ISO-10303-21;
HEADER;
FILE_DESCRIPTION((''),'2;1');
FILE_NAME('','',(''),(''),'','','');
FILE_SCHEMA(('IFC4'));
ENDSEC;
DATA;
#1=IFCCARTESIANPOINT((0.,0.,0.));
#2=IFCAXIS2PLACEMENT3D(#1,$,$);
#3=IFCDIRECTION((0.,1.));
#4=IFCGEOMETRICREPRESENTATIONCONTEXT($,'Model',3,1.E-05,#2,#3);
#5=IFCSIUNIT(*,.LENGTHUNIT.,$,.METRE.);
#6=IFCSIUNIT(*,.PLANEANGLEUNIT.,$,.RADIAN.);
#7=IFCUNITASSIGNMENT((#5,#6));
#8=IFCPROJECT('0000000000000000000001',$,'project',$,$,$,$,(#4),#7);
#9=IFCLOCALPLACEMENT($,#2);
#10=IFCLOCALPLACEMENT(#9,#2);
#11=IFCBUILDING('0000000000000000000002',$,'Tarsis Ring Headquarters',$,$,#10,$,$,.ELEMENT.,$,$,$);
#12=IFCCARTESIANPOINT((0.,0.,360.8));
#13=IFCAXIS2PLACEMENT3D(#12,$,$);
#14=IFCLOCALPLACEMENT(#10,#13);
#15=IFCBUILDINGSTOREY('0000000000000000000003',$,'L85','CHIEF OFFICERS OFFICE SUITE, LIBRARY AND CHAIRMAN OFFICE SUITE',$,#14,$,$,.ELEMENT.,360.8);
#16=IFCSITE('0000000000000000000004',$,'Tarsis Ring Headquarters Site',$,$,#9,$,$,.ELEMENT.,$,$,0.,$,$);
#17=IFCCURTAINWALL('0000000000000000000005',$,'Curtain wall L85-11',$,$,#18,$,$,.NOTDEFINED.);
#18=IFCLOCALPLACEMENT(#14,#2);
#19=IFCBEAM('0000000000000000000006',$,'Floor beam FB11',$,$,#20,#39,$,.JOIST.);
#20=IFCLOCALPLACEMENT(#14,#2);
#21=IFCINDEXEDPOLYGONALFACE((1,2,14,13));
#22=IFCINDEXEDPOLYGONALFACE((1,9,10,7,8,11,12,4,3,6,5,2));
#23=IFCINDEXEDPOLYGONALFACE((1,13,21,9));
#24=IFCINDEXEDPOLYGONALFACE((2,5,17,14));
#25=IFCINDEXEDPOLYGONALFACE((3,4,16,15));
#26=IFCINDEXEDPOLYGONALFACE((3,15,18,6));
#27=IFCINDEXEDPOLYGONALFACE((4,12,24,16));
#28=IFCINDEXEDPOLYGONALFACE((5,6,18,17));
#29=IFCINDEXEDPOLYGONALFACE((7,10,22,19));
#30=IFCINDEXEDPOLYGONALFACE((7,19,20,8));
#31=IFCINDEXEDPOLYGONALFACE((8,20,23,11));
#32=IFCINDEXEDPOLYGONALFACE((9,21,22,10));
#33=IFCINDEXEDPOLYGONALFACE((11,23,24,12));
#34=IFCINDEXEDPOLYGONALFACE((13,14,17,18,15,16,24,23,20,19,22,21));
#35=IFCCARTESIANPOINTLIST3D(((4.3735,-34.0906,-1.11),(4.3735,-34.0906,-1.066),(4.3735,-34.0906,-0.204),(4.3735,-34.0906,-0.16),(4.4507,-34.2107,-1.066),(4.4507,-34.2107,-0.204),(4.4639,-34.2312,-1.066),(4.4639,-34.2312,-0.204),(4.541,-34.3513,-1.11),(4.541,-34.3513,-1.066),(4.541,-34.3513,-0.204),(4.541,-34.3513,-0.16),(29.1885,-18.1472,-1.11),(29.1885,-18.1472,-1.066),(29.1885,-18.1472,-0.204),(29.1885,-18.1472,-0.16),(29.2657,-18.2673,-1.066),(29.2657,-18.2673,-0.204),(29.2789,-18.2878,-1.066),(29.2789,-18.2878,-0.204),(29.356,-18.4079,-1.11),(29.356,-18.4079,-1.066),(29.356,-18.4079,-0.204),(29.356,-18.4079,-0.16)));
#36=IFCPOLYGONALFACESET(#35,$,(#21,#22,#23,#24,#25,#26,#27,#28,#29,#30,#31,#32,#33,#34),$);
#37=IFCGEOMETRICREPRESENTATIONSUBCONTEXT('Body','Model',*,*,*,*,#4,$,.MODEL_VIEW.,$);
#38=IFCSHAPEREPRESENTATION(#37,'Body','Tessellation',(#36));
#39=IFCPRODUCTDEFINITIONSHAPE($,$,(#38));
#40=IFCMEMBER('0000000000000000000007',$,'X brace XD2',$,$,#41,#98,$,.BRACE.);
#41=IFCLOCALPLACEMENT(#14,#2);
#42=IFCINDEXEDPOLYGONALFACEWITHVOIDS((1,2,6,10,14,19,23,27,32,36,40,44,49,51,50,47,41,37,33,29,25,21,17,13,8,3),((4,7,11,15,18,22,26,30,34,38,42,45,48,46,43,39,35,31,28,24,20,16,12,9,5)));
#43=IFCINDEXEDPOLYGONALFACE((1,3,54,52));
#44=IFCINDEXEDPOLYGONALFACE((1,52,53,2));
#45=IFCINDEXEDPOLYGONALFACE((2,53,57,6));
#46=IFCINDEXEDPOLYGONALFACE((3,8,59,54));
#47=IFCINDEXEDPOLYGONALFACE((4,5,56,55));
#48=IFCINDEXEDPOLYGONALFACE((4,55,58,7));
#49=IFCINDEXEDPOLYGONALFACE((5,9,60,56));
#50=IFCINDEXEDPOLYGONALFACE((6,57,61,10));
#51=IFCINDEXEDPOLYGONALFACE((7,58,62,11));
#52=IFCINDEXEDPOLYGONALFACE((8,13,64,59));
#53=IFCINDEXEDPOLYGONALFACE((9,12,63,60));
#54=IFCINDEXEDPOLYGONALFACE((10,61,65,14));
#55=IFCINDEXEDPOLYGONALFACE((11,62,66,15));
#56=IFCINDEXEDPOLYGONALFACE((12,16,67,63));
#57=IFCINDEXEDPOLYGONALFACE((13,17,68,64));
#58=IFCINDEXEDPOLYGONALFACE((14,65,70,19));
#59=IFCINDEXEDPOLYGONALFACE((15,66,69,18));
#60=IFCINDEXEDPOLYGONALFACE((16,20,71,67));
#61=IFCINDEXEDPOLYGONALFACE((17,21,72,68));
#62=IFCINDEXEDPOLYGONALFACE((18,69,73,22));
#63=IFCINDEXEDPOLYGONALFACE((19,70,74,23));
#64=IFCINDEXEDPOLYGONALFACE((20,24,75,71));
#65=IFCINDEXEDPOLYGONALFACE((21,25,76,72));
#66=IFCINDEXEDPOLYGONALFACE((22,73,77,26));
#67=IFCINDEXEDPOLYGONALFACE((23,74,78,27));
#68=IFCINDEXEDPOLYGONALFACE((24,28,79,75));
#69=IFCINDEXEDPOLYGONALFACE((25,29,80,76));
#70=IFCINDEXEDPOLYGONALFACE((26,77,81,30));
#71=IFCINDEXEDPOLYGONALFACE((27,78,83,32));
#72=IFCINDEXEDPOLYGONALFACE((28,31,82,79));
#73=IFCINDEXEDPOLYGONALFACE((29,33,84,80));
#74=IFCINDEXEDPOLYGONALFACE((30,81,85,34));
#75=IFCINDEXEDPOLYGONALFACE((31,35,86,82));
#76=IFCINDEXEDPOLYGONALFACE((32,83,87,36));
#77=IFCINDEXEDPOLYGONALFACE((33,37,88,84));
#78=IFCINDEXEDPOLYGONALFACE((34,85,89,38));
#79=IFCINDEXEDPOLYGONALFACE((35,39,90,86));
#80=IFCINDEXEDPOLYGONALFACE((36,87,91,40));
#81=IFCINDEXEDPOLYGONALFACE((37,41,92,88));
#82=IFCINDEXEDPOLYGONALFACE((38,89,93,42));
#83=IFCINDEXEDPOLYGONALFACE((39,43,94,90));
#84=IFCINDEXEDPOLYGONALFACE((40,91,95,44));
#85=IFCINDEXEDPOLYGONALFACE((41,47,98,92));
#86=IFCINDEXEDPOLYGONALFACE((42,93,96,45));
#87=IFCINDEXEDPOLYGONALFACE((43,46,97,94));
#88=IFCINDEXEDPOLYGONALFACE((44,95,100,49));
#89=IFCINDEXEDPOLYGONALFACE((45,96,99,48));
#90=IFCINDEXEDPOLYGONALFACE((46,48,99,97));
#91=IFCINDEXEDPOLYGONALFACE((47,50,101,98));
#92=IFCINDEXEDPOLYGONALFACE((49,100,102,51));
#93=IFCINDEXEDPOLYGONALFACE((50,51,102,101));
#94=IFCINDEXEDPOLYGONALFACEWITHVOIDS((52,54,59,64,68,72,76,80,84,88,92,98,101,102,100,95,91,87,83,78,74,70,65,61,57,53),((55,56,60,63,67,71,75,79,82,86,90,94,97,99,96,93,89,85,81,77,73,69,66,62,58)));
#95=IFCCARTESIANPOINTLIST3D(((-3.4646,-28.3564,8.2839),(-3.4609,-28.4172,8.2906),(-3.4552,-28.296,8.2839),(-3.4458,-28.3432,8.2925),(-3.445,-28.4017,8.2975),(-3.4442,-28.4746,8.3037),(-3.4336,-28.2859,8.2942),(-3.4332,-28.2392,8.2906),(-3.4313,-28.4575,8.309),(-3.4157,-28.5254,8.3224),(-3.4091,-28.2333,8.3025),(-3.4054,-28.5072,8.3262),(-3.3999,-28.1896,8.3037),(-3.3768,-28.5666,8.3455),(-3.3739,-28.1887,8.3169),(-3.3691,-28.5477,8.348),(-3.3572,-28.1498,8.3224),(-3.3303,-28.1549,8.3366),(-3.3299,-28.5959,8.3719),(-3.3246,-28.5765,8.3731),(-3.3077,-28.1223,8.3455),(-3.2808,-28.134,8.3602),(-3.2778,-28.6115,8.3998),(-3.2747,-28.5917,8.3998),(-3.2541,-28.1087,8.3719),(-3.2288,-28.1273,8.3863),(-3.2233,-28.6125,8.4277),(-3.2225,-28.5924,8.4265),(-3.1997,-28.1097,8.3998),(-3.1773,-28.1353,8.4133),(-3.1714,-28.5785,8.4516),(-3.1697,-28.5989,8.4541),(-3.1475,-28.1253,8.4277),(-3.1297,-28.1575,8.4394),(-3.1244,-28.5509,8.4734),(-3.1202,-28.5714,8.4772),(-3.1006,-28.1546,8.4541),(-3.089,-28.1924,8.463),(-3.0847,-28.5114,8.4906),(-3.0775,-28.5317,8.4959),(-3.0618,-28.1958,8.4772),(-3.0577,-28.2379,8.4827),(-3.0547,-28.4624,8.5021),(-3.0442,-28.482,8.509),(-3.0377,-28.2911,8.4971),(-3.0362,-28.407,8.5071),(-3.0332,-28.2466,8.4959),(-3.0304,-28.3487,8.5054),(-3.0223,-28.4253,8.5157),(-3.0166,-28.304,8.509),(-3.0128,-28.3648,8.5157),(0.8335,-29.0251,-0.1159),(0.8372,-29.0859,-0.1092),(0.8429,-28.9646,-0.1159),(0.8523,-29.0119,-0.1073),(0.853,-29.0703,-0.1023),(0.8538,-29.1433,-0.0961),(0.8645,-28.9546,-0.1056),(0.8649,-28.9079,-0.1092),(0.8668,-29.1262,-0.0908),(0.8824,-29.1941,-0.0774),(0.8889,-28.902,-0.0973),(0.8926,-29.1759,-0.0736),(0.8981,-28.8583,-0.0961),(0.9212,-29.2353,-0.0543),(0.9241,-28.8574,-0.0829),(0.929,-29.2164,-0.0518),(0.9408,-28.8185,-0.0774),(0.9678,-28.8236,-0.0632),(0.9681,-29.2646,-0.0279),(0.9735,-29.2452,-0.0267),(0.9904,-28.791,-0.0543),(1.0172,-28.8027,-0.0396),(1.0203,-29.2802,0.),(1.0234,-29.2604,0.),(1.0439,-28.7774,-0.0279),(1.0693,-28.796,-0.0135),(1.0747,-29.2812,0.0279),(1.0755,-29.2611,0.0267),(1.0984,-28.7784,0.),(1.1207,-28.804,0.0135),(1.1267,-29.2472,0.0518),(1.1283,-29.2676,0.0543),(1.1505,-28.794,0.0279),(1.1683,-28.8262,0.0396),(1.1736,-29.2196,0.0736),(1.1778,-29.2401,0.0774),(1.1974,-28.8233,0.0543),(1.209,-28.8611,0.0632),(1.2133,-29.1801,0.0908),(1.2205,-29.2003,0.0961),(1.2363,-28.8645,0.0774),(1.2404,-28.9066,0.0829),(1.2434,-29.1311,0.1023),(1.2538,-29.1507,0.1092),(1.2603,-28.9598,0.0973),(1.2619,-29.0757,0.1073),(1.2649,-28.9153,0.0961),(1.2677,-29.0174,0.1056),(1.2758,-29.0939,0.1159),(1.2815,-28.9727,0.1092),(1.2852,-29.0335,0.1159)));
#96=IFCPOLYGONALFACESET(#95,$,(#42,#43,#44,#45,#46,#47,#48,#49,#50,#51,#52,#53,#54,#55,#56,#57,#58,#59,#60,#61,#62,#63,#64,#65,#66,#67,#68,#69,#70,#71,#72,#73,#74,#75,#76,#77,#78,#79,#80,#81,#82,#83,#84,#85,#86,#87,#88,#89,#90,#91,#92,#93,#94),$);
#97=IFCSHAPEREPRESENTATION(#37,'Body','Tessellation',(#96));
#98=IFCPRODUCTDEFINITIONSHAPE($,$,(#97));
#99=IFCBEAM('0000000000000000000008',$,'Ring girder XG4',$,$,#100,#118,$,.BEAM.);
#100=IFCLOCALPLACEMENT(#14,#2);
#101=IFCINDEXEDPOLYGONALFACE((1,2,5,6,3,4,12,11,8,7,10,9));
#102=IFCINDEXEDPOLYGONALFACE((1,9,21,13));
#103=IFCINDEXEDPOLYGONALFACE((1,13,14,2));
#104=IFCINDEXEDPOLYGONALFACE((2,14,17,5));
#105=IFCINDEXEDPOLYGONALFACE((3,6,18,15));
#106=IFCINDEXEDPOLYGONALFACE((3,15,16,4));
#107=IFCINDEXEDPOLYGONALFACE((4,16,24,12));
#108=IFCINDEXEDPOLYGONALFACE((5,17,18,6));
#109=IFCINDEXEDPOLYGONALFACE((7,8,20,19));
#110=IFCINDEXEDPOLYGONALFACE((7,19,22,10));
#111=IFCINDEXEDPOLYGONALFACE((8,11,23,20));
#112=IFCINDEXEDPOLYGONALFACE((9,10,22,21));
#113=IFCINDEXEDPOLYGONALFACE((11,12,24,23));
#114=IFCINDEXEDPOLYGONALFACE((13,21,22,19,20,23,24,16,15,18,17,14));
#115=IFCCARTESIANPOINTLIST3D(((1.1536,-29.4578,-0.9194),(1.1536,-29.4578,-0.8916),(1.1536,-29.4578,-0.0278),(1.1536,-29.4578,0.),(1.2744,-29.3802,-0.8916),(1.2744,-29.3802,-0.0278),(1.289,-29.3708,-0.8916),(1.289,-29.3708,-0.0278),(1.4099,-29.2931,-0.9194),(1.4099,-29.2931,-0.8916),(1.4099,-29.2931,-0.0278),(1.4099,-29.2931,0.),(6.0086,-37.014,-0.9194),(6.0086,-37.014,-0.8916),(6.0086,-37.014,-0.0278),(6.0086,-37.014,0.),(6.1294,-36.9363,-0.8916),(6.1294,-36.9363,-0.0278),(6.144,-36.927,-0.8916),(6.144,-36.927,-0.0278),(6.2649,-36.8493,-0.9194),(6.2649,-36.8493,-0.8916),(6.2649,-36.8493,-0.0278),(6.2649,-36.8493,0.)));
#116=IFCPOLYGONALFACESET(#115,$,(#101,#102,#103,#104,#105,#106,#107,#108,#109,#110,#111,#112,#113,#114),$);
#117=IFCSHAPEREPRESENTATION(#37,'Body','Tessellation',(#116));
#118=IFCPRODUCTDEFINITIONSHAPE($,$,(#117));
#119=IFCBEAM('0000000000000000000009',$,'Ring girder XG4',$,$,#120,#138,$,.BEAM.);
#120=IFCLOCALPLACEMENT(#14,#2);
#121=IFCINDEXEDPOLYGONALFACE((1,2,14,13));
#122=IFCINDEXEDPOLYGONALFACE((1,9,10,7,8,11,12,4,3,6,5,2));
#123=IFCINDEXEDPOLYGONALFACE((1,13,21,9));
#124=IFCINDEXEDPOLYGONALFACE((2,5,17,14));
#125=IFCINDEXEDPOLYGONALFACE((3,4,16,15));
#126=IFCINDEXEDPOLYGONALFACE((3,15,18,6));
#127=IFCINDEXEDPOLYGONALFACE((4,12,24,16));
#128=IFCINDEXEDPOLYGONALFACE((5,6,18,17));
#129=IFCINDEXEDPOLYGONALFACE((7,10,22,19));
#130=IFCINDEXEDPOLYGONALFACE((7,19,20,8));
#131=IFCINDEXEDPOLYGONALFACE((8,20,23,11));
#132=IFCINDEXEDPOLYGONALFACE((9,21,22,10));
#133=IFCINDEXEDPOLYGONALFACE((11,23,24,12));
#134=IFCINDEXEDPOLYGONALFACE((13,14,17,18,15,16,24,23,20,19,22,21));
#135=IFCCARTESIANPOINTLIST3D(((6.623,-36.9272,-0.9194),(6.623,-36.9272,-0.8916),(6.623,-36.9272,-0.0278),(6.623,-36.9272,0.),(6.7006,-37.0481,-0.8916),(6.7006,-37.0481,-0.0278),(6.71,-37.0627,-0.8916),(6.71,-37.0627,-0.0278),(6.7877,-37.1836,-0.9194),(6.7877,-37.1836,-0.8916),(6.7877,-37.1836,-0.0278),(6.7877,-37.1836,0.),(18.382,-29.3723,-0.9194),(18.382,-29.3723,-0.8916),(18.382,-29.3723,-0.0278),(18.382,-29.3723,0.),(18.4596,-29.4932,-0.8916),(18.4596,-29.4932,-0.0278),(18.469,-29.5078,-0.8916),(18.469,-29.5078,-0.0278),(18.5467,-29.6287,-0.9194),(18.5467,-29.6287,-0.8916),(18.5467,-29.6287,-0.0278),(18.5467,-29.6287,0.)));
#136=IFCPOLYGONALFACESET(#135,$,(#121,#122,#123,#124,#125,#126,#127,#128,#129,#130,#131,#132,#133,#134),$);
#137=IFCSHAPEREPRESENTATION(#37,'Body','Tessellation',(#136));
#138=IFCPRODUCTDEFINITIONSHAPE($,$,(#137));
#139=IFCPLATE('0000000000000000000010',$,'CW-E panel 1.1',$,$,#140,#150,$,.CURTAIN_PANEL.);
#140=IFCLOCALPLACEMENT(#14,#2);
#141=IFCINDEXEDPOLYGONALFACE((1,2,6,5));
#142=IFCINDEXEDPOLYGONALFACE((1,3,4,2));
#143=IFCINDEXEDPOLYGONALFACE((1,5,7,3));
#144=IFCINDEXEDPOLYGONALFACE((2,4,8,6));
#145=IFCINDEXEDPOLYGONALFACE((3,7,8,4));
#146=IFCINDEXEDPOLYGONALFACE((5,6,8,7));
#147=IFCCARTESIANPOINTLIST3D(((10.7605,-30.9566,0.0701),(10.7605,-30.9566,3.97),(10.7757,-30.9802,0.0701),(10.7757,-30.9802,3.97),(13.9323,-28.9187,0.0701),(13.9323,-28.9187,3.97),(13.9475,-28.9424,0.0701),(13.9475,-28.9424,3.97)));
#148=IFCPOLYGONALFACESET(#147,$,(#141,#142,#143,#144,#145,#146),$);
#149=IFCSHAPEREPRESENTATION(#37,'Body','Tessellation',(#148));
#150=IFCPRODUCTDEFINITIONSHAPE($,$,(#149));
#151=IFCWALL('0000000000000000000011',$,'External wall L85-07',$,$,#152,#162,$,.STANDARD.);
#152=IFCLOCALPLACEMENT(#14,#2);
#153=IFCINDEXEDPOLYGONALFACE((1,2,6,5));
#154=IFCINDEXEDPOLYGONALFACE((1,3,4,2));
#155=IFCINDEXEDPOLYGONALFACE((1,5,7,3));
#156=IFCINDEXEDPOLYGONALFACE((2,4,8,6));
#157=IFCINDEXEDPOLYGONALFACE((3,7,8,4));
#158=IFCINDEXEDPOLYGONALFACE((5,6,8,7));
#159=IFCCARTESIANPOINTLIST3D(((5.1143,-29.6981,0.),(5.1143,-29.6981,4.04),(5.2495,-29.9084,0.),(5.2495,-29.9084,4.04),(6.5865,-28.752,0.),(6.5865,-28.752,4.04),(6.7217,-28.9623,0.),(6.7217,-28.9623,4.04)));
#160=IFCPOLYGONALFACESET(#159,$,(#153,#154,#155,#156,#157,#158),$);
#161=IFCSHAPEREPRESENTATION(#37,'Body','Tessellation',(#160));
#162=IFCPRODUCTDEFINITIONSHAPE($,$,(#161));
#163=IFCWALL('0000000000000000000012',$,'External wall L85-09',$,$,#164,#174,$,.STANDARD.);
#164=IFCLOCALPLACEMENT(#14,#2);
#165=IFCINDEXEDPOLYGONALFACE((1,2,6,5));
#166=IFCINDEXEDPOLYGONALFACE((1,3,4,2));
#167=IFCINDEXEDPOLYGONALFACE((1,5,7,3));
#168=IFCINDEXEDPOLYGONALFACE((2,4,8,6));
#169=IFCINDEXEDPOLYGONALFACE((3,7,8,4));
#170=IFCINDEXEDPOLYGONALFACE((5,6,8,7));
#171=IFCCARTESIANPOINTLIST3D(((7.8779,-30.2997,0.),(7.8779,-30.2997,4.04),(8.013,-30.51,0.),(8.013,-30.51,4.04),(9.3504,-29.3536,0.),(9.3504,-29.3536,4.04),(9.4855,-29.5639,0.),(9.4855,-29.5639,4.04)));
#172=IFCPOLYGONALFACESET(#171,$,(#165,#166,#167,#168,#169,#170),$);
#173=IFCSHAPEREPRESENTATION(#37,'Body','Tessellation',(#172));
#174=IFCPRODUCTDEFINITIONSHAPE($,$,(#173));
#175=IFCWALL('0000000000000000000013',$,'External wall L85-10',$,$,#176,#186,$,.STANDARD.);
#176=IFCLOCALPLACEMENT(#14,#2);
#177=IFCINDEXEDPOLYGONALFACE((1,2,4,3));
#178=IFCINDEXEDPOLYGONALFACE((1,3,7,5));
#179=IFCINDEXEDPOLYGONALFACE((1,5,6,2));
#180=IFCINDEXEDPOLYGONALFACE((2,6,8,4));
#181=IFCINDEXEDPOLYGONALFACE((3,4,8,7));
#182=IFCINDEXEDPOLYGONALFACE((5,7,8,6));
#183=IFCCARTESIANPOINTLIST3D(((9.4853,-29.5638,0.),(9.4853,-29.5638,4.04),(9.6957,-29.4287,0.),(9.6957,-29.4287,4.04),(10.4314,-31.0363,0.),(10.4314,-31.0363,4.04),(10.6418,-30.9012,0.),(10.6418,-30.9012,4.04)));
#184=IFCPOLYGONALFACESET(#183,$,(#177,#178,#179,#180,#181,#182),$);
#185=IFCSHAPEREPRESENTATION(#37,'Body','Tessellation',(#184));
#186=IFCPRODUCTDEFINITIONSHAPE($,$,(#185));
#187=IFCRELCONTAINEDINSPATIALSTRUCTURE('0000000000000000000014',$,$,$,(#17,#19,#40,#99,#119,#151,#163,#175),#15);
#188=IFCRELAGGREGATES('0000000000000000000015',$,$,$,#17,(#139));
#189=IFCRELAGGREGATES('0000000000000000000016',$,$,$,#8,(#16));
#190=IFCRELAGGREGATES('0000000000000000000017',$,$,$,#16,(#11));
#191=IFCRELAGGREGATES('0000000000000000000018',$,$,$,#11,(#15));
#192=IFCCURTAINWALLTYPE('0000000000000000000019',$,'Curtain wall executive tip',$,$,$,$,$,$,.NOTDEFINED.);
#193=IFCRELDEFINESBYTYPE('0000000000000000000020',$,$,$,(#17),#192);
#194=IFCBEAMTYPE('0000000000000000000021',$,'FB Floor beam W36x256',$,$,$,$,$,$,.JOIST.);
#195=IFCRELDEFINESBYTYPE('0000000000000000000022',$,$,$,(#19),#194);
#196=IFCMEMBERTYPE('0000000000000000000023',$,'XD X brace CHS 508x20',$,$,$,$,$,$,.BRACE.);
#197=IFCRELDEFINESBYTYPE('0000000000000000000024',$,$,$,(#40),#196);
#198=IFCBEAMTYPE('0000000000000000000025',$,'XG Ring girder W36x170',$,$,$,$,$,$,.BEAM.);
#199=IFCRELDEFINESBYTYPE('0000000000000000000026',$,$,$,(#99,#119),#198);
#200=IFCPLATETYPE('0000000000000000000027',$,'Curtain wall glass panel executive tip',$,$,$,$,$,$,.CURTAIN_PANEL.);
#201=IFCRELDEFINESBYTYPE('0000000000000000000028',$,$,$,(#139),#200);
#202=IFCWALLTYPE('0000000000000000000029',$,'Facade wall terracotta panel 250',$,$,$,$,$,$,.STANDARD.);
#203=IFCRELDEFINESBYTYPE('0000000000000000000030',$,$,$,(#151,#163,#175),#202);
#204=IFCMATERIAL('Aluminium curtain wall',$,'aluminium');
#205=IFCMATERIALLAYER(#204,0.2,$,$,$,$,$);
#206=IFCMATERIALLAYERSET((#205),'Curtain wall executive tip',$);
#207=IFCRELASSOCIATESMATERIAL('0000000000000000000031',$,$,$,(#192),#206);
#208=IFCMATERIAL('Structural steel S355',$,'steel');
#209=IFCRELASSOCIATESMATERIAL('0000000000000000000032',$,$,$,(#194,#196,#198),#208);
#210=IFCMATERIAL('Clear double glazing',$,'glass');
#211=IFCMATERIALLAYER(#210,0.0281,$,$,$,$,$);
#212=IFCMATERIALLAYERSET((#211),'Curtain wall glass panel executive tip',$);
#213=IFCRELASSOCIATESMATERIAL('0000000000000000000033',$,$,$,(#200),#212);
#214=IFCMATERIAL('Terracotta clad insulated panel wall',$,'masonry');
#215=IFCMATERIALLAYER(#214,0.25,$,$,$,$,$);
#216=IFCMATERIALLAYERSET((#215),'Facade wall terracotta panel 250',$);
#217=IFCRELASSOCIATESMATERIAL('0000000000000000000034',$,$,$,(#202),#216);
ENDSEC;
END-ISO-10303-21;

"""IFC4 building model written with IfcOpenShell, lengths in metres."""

from ifc_helpers import new_model, si_unit, direction, frame, frame_2d, origin, origin_2d, place, context, subcontext, project, spatial, rectangle, hollow_circle, i_section, extrude, material, layer, layer_set, material_profile, profile_set, type_object, element, aggregate, save


model = new_model("IFC4")

# Units and contexts
model_context = context("Model", 3, precision=1e-05, world=origin(), true_north=direction((0.0, 1.0)))
body_context = subcontext(model_context, "Body", "Model", "MODEL_VIEW")
ifc_project = project(units=[si_unit("LENGTHUNIT", "METRE"), si_unit("PLANEANGLEUNIT", "RADIAN")], contexts=[model_context])

# Site, building, storey
site_placement = place(None, origin())
site = spatial("IfcSite", under=ifc_project, at=site_placement, Name="Tarsis Ring Headquarters Site", CompositionType="ELEMENT", RefElevation=0.0)
building_placement = place(site_placement, origin())
building = spatial("IfcBuilding", under=site, at=building_placement, Name="Tarsis Ring Headquarters", CompositionType="ELEMENT")
storey_placement = place(building_placement, frame((0.0, 0.0, 360.8)))
storey = spatial("IfcBuildingStorey", under=building, at=storey_placement, Name="L85", Description="CHIEF OFFICERS OFFICE SUITE, LIBRARY AND CHAIRMAN OFFICE SUITE", CompositionType="ELEMENT", Elevation=360.8)

# Shared definitions
ifc_material_1 = material(Name="Structural steel S355", Category="steel")

# Curtain wall
ifc_material_2 = material(Name="Aluminium curtain wall", Category="aluminium")
ifc_layer_1 = layer(ifc_material_2, 0.2)
ifc_layer_set_1 = layer_set([ifc_layer_1], Name="Curtain wall executive tip")
curtain_wall_type_1 = type_object("IfcCurtainWallType", Name="Curtain wall executive tip", PredefinedType="NOTDEFINED", material=ifc_layer_set_1)
curtain_wall_1_placement = place(storey_placement, origin())
curtain_wall_1 = element("IfcCurtainWall", 1, at=curtain_wall_1_placement, inside=storey, type_object=curtain_wall_type_1, Name="Curtain wall L85-11", PredefinedType="NOTDEFINED")

# Beam
ifc_material_profile_1 = material_profile(ifc_material_1, i_section(OverallWidth=0.3098, OverallDepth=0.95, WebThickness=0.0244, FlangeThickness=0.0439, at=origin_2d()), Name="W36x256")
ifc_profile_set_1 = profile_set([ifc_material_profile_1], Name="Structural steel S355")
beam_type_1 = type_object("IfcBeamType", Name="FB Floor beam W36x256", PredefinedType="JOIST", material=ifc_profile_set_1)
beam_1_placement = place(storey_placement, frame((4.4573, -34.2209, -0.635), z_axis=(0.841319, 0.540539, 0.0), x_axis=(-0.540539, 0.841319, 0.0)))
element("IfcBeam", 2, at=beam_1_placement, inside=storey, type_object=beam_type_1, Name="Floor beam FB11", PredefinedType="JOIST", context=body_context, shape_type="SweptSolid", body=[
    extrude(i_section(OverallWidth=0.3098, OverallDepth=0.95, WebThickness=0.0244, FlangeThickness=0.0439, at=origin_2d()), origin(), (0.0, 0.0, 1.0), 29.4954),
])

# Member
ifc_material_profile_2 = material_profile(ifc_material_1, hollow_circle(Radius=0.2539, WallThickness=0.02, at=origin_2d()), Name="CHS 508x20")
ifc_profile_set_2 = profile_set([ifc_material_profile_2], Name="Structural steel S355")
member_type_1 = type_object("IfcMemberType", Name="XD X brace CHS 508x20", PredefinedType="BRACE", material=ifc_profile_set_2)
member_1_placement = place(storey_placement, frame((1.0593, -29.0293, 0.0), z_axis=(-0.454376, 0.070692, 0.888001), x_axis=(-0.153731, -0.988113, 0.0)))
element("IfcMember", 3, at=member_1_placement, inside=storey, type_object=member_type_1, Name="X brace XD2", PredefinedType="BRACE", context=body_context, shape_type="SweptSolid", body=[
    extrude(hollow_circle(Radius=0.2539, WallThickness=0.02, at=origin_2d()), origin(), (0.0, 0.0, 1.0), 9.4592),
])

# Beams
ifc_material_profile_3 = material_profile(ifc_material_1, i_section(OverallWidth=0.3047, OverallDepth=0.9194, WebThickness=0.0173, FlangeThickness=0.0278, at=origin_2d()), Name="W36x170")
ifc_profile_set_3 = profile_set([ifc_material_profile_3], Name="Structural steel S355")
beam_type_2 = type_object("IfcBeamType", Name="XG Ring girder W36x170", PredefinedType="BEAM", material=ifc_profile_set_3)
beam_2_placement = place(storey_placement, frame((1.2817, -29.3755, -0.4597), z_axis=(0.540557, -0.841307, 0.0), x_axis=(0.841307, 0.540557, 0.0)))
element("IfcBeam", 4, at=beam_2_placement, inside=storey, type_object=beam_type_2, Name="Ring girder XG4", PredefinedType="BEAM", context=body_context, shape_type="SweptSolid", body=[
    extrude(i_section(OverallWidth=0.3047, OverallDepth=0.9194, WebThickness=0.0173, FlangeThickness=0.0278, at=origin_2d()), origin(), (0.0, 0.0, 1.0), 8.9814),
])
beam_3_placement = place(storey_placement, frame((6.7053, -37.0554, -0.4597), z_axis=(0.841323, 0.540532, 0.0), x_axis=(-0.540532, 0.841323, 0.0)))
element("IfcBeam", 5, at=beam_3_placement, inside=storey, type_object=beam_type_2, Name="Ring girder XG4", PredefinedType="BEAM", context=body_context, shape_type="SweptSolid", body=[
    extrude(i_section(OverallWidth=0.3047, OverallDepth=0.9194, WebThickness=0.0173, FlangeThickness=0.0278, at=origin_2d()), origin(), (0.0, 0.0, 1.0), 13.9768),
])

# Plate
ifc_material_3 = material(Name="Clear double glazing", Category="glass")
ifc_layer_2 = layer(ifc_material_3, 0.0281)
ifc_layer_set_2 = layer_set([ifc_layer_2], Name="Curtain wall glass panel executive tip")
plate_type = type_object("IfcPlateType", Name="Curtain wall glass panel executive tip", PredefinedType="CURTAIN_PANEL", material=ifc_layer_set_2)
plate_placement = place(storey_placement, frame((12.354, -29.9495, 0.0701), z_axis=(0.0, 0.0, 1.0), x_axis=(0.841322, 0.540534, 0.0)))
plate = element("IfcPlate", 6, at=plate_placement, type_object=plate_type, Name="CW-E panel 1.1", PredefinedType="CURTAIN_PANEL", context=body_context, shape_type="SweptSolid", body=[
    extrude(rectangle(XDim=3.77, YDim=0.0281, at=origin_2d()), origin(), (0.0, 0.0, 1.0), 3.8999),
])
aggregate(curtain_wall_1, [plate])

# Walls
ifc_material_4 = material(Name="Terracotta clad insulated panel wall", Category="masonry")
ifc_layer_3 = layer(ifc_material_4, 0.25)
ifc_layer_set_3 = layer_set([ifc_layer_3], Name="Facade wall terracotta panel 250")
wall_type = type_object("IfcWallType", Name="Facade wall terracotta panel 250", PredefinedType="STANDARD", material=ifc_layer_set_3)
wall_placement = place(storey_placement, frame((5.1819, -29.8032, 0.0), z_axis=(0.0, 0.0, 1.0), x_axis=(0.841269, 0.540617, 0.0)))
element("IfcWall", 7, at=wall_placement, inside=storey, type_object=wall_type, Name="External wall L85-07", PredefinedType="STANDARD", context=body_context, shape_type="SweptSolid", body=[
    extrude(rectangle(XDim=1.75, YDim=0.25, at=frame_2d((0.875, 0.0))), origin(), (0.0, 0.0, 1.0), 4.04),
])
for number, where, z_axis, x_axis, name in (
    (8, (7.9456, -30.4048, 0.0), (0.0, 0.0, 1.0), (0.84131, 0.540553, 0.0), "External wall L85-09"),
    (9, (9.5906, -29.4963, 0.0), (0.0, 0.0, 1.0), (0.540553, -0.84131, 0.0), "External wall L85-10"),
):
    element("IfcWall", number, at=place(storey_placement, frame(where, z_axis=z_axis, x_axis=x_axis)), inside=storey, type_object=wall_type, Name=name, PredefinedType="STANDARD", context=body_context, shape_type="SweptSolid", body=[
        extrude(rectangle(XDim=1.7502, YDim=0.25, at=frame_2d((0.875, 0.0))), origin(), (0.0, 0.0, 1.0), 4.04),
    ])

save(model, "model.ifc")
